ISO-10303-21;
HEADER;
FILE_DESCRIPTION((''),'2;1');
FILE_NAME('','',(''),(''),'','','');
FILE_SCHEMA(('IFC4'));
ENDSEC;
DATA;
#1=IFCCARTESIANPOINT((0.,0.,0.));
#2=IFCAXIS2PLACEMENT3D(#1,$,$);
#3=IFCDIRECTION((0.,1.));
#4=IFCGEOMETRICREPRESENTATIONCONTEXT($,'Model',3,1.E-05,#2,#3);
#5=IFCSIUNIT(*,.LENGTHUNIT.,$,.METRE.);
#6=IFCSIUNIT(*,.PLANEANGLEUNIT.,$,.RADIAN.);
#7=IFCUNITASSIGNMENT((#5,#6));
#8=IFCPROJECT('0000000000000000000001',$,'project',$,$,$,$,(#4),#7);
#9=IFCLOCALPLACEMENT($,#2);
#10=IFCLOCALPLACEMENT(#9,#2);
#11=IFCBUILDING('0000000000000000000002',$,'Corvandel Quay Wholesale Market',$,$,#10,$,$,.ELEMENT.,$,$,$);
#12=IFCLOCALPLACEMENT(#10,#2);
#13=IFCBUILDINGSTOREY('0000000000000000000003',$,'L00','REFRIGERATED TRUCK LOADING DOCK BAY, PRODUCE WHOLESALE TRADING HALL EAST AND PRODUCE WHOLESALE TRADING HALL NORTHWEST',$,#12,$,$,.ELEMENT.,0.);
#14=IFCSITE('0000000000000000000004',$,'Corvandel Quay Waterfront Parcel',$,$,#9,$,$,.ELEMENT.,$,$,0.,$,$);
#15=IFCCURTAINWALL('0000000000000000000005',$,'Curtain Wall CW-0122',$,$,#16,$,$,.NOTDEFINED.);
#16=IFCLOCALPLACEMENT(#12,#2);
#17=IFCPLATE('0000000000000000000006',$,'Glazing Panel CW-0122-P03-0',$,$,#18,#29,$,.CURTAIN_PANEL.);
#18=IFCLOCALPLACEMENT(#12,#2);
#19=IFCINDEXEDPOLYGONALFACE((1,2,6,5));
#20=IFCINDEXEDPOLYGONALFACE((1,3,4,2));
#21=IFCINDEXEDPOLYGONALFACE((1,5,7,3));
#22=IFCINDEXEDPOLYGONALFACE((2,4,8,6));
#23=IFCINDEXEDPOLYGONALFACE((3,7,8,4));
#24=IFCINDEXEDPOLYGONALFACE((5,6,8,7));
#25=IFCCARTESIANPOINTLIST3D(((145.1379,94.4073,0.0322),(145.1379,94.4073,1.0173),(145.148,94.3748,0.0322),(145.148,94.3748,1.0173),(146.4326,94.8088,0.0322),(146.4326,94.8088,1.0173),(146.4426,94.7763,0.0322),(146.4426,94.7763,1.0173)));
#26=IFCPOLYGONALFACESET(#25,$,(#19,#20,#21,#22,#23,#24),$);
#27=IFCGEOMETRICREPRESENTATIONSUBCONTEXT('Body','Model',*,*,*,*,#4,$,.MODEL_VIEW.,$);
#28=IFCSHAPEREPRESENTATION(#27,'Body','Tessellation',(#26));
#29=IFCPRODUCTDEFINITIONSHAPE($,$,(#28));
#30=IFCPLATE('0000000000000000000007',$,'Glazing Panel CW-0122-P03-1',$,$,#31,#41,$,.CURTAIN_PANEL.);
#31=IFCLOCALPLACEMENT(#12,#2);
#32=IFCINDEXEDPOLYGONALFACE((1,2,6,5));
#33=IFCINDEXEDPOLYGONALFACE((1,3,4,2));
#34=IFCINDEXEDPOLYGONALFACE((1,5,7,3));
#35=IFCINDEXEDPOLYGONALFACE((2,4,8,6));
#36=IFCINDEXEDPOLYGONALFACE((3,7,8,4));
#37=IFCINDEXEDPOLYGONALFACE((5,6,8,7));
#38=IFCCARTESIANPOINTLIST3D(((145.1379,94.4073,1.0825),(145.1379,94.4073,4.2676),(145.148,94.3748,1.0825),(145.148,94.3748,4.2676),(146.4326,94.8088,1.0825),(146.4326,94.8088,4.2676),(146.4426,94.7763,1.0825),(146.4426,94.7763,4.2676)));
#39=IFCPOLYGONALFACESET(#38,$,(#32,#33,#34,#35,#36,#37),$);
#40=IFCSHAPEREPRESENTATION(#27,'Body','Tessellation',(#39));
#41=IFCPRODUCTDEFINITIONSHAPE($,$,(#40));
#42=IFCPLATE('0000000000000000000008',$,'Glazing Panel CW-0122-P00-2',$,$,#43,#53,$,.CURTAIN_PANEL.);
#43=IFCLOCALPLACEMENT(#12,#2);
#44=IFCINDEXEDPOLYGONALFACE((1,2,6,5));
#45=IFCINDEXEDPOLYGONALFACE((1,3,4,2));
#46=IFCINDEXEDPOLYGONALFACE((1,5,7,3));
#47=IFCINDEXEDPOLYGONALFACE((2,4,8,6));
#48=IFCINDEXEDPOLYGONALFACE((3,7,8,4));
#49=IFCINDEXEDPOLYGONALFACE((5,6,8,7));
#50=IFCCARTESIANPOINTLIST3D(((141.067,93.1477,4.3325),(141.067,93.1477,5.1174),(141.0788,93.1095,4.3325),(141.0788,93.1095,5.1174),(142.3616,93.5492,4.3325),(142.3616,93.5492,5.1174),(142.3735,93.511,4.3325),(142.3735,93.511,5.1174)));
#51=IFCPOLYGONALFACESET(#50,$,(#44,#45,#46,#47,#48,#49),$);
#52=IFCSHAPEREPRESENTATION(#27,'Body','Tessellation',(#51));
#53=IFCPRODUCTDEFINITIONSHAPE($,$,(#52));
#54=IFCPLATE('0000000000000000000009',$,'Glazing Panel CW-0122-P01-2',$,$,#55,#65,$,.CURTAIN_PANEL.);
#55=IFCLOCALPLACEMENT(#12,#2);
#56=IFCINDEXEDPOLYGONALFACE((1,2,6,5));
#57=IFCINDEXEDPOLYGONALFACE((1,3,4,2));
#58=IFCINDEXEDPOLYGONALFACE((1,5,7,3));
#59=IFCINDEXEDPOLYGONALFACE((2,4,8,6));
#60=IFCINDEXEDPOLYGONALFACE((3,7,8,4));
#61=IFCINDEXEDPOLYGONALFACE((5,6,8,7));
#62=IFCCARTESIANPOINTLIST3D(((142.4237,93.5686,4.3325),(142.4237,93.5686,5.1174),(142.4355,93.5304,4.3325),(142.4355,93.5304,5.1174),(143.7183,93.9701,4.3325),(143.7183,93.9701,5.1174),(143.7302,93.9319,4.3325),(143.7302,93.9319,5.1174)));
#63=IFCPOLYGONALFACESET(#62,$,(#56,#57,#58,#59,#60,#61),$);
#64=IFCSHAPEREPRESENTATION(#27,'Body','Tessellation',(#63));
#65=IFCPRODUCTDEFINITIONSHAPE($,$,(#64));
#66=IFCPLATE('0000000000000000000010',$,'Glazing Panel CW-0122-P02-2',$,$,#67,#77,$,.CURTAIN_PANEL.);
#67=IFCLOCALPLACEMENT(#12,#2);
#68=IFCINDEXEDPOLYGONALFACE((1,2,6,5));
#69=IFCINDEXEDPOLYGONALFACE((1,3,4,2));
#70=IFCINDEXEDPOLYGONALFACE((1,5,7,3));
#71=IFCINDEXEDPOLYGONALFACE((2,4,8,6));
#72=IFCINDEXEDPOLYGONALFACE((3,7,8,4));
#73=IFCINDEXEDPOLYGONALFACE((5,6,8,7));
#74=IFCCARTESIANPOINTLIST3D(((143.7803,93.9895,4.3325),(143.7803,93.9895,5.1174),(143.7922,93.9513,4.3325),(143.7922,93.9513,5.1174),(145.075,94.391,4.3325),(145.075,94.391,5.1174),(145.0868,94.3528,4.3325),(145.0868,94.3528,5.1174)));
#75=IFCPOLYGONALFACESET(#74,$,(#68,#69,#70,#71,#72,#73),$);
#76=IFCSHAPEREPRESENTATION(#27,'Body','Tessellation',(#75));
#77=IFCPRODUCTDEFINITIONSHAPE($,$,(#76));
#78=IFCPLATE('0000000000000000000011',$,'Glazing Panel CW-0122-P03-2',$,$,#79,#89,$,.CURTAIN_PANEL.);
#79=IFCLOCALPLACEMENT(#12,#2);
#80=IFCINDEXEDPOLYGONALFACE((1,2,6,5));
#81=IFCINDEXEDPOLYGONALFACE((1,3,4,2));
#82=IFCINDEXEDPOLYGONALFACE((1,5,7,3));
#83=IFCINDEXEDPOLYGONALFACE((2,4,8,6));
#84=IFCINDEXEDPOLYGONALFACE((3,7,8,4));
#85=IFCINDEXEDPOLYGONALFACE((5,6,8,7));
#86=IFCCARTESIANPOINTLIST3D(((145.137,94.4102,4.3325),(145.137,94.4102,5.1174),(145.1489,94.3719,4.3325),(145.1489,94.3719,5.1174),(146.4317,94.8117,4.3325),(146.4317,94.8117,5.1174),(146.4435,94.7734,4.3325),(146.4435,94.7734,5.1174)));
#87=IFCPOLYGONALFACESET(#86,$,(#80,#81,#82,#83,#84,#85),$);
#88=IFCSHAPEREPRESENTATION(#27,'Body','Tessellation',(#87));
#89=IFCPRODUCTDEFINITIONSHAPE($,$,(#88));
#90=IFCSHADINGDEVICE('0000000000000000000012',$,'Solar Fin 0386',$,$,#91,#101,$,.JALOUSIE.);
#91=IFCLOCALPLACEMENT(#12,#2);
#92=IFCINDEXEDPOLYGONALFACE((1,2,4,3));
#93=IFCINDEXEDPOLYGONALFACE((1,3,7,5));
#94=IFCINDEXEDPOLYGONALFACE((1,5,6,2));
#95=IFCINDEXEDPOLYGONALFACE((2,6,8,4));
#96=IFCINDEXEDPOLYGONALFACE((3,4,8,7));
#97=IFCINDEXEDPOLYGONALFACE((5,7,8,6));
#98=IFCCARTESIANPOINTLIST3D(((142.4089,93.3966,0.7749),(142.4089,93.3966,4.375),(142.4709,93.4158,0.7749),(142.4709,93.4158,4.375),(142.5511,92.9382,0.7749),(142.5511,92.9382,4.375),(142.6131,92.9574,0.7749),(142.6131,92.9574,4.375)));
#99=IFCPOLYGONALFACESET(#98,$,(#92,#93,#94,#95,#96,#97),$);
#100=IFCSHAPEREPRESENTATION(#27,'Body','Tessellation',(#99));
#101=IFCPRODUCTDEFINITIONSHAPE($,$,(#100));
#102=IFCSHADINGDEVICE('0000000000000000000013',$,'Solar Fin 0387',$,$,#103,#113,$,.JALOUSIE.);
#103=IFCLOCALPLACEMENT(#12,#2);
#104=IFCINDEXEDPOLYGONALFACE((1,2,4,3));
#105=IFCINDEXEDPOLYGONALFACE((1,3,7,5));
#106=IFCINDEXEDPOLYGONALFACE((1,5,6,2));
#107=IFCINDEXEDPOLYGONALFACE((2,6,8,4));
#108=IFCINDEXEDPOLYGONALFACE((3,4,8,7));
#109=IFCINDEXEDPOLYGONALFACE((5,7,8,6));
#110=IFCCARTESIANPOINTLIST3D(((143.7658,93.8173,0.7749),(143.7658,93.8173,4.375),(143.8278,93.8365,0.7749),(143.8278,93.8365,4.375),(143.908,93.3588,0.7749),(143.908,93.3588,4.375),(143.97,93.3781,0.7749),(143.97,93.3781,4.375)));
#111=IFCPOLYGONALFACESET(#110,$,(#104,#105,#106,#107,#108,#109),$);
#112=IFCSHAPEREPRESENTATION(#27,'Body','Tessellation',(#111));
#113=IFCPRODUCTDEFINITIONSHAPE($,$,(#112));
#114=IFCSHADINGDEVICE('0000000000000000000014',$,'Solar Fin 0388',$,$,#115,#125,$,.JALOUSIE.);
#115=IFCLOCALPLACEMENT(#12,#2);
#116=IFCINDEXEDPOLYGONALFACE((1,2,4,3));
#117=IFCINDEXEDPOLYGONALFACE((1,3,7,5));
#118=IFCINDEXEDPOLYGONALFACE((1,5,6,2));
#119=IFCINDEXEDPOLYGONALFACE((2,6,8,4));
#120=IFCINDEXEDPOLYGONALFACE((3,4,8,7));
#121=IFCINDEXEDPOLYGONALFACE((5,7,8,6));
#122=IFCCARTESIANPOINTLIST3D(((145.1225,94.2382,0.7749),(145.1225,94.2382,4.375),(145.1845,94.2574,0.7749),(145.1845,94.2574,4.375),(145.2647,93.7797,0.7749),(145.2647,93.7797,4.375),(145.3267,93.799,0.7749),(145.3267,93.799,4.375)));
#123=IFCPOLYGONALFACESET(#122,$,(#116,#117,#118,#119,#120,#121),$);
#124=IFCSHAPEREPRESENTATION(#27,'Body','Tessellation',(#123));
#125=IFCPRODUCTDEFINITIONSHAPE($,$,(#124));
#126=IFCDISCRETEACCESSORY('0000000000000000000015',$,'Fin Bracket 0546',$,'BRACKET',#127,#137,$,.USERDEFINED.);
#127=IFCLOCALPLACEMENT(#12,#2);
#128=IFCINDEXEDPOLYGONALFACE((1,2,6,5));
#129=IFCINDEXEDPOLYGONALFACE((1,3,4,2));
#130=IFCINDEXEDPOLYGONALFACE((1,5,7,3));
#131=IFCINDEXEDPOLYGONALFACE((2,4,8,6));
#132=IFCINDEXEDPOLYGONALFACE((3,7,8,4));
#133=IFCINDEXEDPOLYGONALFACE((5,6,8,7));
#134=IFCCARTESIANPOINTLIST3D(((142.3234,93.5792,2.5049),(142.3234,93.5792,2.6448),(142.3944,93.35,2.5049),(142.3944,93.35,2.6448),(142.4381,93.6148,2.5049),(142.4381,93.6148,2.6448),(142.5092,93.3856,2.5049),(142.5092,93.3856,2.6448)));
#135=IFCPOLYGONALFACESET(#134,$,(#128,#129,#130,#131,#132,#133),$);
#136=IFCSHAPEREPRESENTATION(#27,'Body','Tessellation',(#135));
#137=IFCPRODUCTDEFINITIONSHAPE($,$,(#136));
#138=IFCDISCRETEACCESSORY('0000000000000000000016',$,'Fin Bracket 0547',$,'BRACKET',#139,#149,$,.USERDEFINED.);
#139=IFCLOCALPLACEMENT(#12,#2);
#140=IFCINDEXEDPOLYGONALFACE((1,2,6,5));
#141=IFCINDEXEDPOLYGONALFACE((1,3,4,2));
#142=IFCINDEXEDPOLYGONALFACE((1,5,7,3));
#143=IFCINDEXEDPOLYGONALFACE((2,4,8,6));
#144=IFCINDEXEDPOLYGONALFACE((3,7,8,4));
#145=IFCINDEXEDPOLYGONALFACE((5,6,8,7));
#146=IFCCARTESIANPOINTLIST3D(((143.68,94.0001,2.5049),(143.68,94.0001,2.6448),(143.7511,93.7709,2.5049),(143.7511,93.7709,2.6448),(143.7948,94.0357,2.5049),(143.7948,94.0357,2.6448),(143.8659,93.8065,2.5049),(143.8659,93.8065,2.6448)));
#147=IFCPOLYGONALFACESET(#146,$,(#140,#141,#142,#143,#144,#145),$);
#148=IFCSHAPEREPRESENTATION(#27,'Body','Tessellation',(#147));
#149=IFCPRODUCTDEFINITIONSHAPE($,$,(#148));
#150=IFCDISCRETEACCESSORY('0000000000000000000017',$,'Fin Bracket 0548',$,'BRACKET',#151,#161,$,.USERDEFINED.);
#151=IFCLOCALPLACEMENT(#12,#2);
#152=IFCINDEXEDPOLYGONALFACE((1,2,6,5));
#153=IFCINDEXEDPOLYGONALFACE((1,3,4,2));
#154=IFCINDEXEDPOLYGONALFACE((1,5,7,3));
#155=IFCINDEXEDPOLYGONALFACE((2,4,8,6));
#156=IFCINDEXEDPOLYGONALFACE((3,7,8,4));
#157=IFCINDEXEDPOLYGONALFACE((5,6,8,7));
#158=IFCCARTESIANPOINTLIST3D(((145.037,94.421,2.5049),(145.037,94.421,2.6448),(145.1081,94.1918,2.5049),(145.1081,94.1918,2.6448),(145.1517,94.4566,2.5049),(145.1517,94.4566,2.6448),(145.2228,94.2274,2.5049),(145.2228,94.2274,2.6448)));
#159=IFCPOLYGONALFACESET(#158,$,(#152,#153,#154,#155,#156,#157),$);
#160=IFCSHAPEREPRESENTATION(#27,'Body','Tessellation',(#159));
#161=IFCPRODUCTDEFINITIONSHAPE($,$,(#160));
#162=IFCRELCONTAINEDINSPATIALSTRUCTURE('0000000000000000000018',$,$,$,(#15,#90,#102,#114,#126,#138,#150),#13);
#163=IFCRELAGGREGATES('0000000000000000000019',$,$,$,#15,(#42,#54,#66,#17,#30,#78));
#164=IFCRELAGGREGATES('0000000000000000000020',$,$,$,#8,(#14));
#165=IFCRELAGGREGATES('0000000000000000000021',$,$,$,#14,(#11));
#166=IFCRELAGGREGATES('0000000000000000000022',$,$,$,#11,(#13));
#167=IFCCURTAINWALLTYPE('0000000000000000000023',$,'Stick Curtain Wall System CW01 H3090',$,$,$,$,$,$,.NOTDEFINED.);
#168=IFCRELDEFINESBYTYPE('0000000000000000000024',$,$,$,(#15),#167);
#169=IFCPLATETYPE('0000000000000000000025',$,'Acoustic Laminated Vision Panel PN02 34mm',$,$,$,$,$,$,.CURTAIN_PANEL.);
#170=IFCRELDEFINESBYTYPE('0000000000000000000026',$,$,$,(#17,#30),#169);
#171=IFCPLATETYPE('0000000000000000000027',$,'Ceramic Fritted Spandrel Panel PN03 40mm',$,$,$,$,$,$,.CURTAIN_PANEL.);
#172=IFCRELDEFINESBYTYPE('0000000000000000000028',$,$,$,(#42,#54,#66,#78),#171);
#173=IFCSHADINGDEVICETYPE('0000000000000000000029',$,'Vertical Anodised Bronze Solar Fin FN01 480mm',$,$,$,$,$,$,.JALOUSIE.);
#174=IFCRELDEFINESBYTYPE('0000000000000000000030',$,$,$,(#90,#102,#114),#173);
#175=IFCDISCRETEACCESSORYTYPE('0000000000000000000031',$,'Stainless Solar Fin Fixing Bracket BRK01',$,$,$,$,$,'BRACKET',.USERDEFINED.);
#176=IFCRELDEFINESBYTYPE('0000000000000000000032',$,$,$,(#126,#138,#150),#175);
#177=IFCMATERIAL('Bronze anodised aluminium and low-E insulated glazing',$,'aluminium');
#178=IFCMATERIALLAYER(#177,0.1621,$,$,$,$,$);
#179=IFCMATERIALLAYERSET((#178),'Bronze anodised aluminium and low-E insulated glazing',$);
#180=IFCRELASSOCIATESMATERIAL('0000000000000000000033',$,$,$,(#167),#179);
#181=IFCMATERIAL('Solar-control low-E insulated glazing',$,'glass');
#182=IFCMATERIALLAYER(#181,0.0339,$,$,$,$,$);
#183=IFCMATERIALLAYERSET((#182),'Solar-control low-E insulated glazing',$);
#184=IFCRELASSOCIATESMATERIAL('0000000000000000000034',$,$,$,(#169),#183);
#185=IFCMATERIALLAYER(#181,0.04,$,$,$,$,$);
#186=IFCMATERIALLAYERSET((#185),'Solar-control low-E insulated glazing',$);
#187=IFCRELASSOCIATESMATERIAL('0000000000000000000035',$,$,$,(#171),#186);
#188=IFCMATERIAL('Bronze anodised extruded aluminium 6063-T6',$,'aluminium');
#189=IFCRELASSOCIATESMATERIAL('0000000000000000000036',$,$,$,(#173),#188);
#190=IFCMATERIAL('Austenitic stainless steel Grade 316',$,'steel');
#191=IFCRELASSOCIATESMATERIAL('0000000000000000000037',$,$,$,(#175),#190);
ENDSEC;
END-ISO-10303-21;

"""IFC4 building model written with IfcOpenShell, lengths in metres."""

from ifc_helpers import new_model, si_unit, direction, frame, origin, origin_2d, place, context, subcontext, project, spatial, rectangle, extrude, material, layer, layer_set, type_object, element, aggregate, save


model = new_model("IFC4")

# Units and contexts
model_context = context("Model", 3, precision=1e-05, world=origin(), true_north=direction((0.0, 1.0)))
body_context = subcontext(model_context, "Body", "Model", "MODEL_VIEW")
ifc_project = project(units=[si_unit("LENGTHUNIT", "METRE"), si_unit("PLANEANGLEUNIT", "RADIAN")], contexts=[model_context])

# Site, building, storey
site_placement = place(None, origin())
site = spatial("IfcSite", under=ifc_project, at=site_placement, Name="Corvandel Quay Waterfront Parcel", CompositionType="ELEMENT", RefElevation=0.0)
building_placement = place(site_placement, origin())
building = spatial("IfcBuilding", under=site, at=building_placement, Name="Corvandel Quay Wholesale Market", CompositionType="ELEMENT")
storey_placement = place(building_placement, origin())
storey = spatial("IfcBuildingStorey", under=building, at=storey_placement, Name="L00", Description="REFRIGERATED TRUCK LOADING DOCK BAY, PRODUCE WHOLESALE TRADING HALL EAST AND PRODUCE WHOLESALE TRADING HALL NORTHWEST", CompositionType="ELEMENT", Elevation=0.0)

# Curtain wall, plates
ifc_material_1 = material(Name="Bronze anodised aluminium and low-E insulated glazing", Category="aluminium")
ifc_layer_1 = layer(ifc_material_1, 0.1621)
ifc_layer_set_1 = layer_set([ifc_layer_1], Name="Bronze anodised aluminium and low-E insulated glazing")
curtain_wall_type = type_object("IfcCurtainWallType", Name="Stick Curtain Wall System CW01 H3090", PredefinedType="NOTDEFINED", material=ifc_layer_set_1)
curtain_wall_placement = place(storey_placement, origin())
curtain_wall = element("IfcCurtainWall", 1, at=curtain_wall_placement, inside=storey, type_object=curtain_wall_type, Name="Curtain Wall CW-0122", PredefinedType="NOTDEFINED")
ifc_material_2 = material(Name="Solar-control low-E insulated glazing", Category="glass")
ifc_layer_2 = layer(ifc_material_2, 0.0339)
ifc_layer_set_2 = layer_set([ifc_layer_2], Name="Solar-control low-E insulated glazing")
plate_type_1 = type_object("IfcPlateType", Name="Acoustic Laminated Vision Panel PN02 34mm", PredefinedType="CURTAIN_PANEL", material=ifc_layer_set_2)
plate_1_placement = place(storey_placement, frame((145.7903, 94.5918, 0.0322), z_axis=(0.0, 0.0, 1.0), x_axis=(0.955123, 0.296208, 0.0)))
plate_1 = element("IfcPlate", 2, at=plate_1_placement, type_object=plate_type_1, Name="Glazing Panel CW-0122-P03-0", PredefinedType="CURTAIN_PANEL", context=body_context, shape_type="SweptSolid", body=[
    extrude(rectangle(XDim=1.3555, YDim=0.0339, at=origin_2d()), origin(), (0.0, 0.0, 1.0), 0.9851),
])
plate_2_placement = place(storey_placement, frame((145.7903, 94.5918, 1.0825), z_axis=(0.0, 0.0, 1.0), x_axis=(0.955123, 0.296208, 0.0)))
plate_2 = element("IfcPlate", 3, at=plate_2_placement, type_object=plate_type_1, Name="Glazing Panel CW-0122-P03-1", PredefinedType="CURTAIN_PANEL", context=body_context, shape_type="SweptSolid", body=[
    extrude(rectangle(XDim=1.3555, YDim=0.0339, at=origin_2d()), origin(), (0.0, 0.0, 1.0), 3.1851),
])
ifc_layer_3 = layer(ifc_material_2, 0.04)
ifc_layer_set_3 = layer_set([ifc_layer_3], Name="Solar-control low-E insulated glazing")
plate_type_2 = type_object("IfcPlateType", Name="Ceramic Fritted Spandrel Panel PN03 40mm", PredefinedType="CURTAIN_PANEL", material=ifc_layer_set_3)
plate_3_placement = place(storey_placement, frame((141.7202, 93.3293, 4.3325), z_axis=(0.0, 0.0, 1.0), x_axis=(0.955123, 0.296208, 0.0)))
plate_3 = element("IfcPlate", 4, at=plate_3_placement, type_object=plate_type_2, Name="Glazing Panel CW-0122-P00-2", PredefinedType="CURTAIN_PANEL", context=body_context, shape_type="SweptSolid", body=[
    extrude(rectangle(XDim=1.3555, YDim=0.04, at=origin_2d()), origin(), (0.0, 0.0, 1.0), 0.7849),
])
plate_4_placement = place(storey_placement, frame((143.0769, 93.7502, 4.3325), z_axis=(0.0, 0.0, 1.0), x_axis=(0.955123, 0.296208, 0.0)))
plate_4 = element("IfcPlate", 5, at=plate_4_placement, type_object=plate_type_2, Name="Glazing Panel CW-0122-P01-2", PredefinedType="CURTAIN_PANEL", context=body_context, shape_type="SweptSolid", body=[
    extrude(rectangle(XDim=1.3555, YDim=0.04, at=origin_2d()), origin(), (0.0, 0.0, 1.0), 0.7849),
])
plate_5_placement = place(storey_placement, frame((144.4336, 94.1711, 4.3325), z_axis=(0.0, 0.0, 1.0), x_axis=(0.955123, 0.296208, 0.0)))
plate_5 = element("IfcPlate", 6, at=plate_5_placement, type_object=plate_type_2, Name="Glazing Panel CW-0122-P02-2", PredefinedType="CURTAIN_PANEL", context=body_context, shape_type="SweptSolid", body=[
    extrude(rectangle(XDim=1.3555, YDim=0.04, at=origin_2d()), origin(), (0.0, 0.0, 1.0), 0.7849),
])
plate_6_placement = place(storey_placement, frame((145.7903, 94.5918, 4.3325), z_axis=(0.0, 0.0, 1.0), x_axis=(0.955123, 0.296208, 0.0)))
plate_6 = element("IfcPlate", 7, at=plate_6_placement, type_object=plate_type_2, Name="Glazing Panel CW-0122-P03-2", PredefinedType="CURTAIN_PANEL", context=body_context, shape_type="SweptSolid", body=[
    extrude(rectangle(XDim=1.3555, YDim=0.04, at=origin_2d()), origin(), (0.0, 0.0, 1.0), 0.7849),
])
aggregate(curtain_wall, [plate_3, plate_4, plate_5, plate_1, plate_2, plate_6])

# Shading devices
ifc_material_3 = material(Name="Bronze anodised extruded aluminium 6063-T6", Category="aluminium")
shading_device_type = type_object("IfcShadingDeviceType", Name="Vertical Anodised Bronze Solar Fin FN01 480mm", PredefinedType="JALOUSIE", material=ifc_material_3)
for number, where, z_axis, x_axis, name in (
    (8, (142.511, 93.177, 0.7749), (0.0, 0.0, 1.0), (-0.296208, 0.955123, 0.0), "Solar Fin 0386"),
    (9, (143.8679, 93.5977, 0.7749), (0.0, 0.0, 1.0), (-0.296208, 0.955123, 0.0), "Solar Fin 0387"),
    (10, (145.2246, 94.0186, 0.7749), (0.0, 0.0, 1.0), (-0.296208, 0.955123, 0.0), "Solar Fin 0388"),
):
    element("IfcShadingDevice", number, at=place(storey_placement, frame(where, z_axis=z_axis, x_axis=x_axis)), inside=storey, type_object=shading_device_type, Name=name, PredefinedType="JALOUSIE", context=body_context, shape_type="SweptSolid", body=[
        extrude(rectangle(XDim=0.48, YDim=0.0649, at=origin_2d()), origin(), (0.0, 0.0, 1.0), 3.6001),
    ])

# Discrete accessories
ifc_material_4 = material(Name="Austenitic stainless steel Grade 316", Category="steel")
discrete_accessory_type = type_object("IfcDiscreteAccessoryType", Name="Stainless Solar Fin Fixing Bracket BRK01", ElementType="BRACKET", PredefinedType="USERDEFINED", material=ifc_material_4)
for number, where, z_axis, x_axis, name in (
    (11, (142.4163, 93.4824, 2.5049), (0.0, 0.0, 1.0), (-0.296208, 0.955123, 0.0), "Fin Bracket 0546"),
    (12, (143.7729, 93.9033, 2.5049), (0.0, 0.0, 1.0), (-0.296208, 0.955123, 0.0), "Fin Bracket 0547"),
    (13, (145.1299, 94.3242, 2.5049), (0.0, 0.0, 1.0), (-0.296208, 0.955123, 0.0), "Fin Bracket 0548"),
):
    element("IfcDiscreteAccessory", number, at=place(storey_placement, frame(where, z_axis=z_axis, x_axis=x_axis)), inside=storey, type_object=discrete_accessory_type, Name=name, ObjectType="BRACKET", PredefinedType="USERDEFINED", context=body_context, shape_type="SweptSolid", body=[
        extrude(rectangle(XDim=0.24, YDim=0.1201, at=origin_2d()), origin(), (0.0, 0.0, 1.0), 0.1399),
    ])

save(model, "model.ifc")
